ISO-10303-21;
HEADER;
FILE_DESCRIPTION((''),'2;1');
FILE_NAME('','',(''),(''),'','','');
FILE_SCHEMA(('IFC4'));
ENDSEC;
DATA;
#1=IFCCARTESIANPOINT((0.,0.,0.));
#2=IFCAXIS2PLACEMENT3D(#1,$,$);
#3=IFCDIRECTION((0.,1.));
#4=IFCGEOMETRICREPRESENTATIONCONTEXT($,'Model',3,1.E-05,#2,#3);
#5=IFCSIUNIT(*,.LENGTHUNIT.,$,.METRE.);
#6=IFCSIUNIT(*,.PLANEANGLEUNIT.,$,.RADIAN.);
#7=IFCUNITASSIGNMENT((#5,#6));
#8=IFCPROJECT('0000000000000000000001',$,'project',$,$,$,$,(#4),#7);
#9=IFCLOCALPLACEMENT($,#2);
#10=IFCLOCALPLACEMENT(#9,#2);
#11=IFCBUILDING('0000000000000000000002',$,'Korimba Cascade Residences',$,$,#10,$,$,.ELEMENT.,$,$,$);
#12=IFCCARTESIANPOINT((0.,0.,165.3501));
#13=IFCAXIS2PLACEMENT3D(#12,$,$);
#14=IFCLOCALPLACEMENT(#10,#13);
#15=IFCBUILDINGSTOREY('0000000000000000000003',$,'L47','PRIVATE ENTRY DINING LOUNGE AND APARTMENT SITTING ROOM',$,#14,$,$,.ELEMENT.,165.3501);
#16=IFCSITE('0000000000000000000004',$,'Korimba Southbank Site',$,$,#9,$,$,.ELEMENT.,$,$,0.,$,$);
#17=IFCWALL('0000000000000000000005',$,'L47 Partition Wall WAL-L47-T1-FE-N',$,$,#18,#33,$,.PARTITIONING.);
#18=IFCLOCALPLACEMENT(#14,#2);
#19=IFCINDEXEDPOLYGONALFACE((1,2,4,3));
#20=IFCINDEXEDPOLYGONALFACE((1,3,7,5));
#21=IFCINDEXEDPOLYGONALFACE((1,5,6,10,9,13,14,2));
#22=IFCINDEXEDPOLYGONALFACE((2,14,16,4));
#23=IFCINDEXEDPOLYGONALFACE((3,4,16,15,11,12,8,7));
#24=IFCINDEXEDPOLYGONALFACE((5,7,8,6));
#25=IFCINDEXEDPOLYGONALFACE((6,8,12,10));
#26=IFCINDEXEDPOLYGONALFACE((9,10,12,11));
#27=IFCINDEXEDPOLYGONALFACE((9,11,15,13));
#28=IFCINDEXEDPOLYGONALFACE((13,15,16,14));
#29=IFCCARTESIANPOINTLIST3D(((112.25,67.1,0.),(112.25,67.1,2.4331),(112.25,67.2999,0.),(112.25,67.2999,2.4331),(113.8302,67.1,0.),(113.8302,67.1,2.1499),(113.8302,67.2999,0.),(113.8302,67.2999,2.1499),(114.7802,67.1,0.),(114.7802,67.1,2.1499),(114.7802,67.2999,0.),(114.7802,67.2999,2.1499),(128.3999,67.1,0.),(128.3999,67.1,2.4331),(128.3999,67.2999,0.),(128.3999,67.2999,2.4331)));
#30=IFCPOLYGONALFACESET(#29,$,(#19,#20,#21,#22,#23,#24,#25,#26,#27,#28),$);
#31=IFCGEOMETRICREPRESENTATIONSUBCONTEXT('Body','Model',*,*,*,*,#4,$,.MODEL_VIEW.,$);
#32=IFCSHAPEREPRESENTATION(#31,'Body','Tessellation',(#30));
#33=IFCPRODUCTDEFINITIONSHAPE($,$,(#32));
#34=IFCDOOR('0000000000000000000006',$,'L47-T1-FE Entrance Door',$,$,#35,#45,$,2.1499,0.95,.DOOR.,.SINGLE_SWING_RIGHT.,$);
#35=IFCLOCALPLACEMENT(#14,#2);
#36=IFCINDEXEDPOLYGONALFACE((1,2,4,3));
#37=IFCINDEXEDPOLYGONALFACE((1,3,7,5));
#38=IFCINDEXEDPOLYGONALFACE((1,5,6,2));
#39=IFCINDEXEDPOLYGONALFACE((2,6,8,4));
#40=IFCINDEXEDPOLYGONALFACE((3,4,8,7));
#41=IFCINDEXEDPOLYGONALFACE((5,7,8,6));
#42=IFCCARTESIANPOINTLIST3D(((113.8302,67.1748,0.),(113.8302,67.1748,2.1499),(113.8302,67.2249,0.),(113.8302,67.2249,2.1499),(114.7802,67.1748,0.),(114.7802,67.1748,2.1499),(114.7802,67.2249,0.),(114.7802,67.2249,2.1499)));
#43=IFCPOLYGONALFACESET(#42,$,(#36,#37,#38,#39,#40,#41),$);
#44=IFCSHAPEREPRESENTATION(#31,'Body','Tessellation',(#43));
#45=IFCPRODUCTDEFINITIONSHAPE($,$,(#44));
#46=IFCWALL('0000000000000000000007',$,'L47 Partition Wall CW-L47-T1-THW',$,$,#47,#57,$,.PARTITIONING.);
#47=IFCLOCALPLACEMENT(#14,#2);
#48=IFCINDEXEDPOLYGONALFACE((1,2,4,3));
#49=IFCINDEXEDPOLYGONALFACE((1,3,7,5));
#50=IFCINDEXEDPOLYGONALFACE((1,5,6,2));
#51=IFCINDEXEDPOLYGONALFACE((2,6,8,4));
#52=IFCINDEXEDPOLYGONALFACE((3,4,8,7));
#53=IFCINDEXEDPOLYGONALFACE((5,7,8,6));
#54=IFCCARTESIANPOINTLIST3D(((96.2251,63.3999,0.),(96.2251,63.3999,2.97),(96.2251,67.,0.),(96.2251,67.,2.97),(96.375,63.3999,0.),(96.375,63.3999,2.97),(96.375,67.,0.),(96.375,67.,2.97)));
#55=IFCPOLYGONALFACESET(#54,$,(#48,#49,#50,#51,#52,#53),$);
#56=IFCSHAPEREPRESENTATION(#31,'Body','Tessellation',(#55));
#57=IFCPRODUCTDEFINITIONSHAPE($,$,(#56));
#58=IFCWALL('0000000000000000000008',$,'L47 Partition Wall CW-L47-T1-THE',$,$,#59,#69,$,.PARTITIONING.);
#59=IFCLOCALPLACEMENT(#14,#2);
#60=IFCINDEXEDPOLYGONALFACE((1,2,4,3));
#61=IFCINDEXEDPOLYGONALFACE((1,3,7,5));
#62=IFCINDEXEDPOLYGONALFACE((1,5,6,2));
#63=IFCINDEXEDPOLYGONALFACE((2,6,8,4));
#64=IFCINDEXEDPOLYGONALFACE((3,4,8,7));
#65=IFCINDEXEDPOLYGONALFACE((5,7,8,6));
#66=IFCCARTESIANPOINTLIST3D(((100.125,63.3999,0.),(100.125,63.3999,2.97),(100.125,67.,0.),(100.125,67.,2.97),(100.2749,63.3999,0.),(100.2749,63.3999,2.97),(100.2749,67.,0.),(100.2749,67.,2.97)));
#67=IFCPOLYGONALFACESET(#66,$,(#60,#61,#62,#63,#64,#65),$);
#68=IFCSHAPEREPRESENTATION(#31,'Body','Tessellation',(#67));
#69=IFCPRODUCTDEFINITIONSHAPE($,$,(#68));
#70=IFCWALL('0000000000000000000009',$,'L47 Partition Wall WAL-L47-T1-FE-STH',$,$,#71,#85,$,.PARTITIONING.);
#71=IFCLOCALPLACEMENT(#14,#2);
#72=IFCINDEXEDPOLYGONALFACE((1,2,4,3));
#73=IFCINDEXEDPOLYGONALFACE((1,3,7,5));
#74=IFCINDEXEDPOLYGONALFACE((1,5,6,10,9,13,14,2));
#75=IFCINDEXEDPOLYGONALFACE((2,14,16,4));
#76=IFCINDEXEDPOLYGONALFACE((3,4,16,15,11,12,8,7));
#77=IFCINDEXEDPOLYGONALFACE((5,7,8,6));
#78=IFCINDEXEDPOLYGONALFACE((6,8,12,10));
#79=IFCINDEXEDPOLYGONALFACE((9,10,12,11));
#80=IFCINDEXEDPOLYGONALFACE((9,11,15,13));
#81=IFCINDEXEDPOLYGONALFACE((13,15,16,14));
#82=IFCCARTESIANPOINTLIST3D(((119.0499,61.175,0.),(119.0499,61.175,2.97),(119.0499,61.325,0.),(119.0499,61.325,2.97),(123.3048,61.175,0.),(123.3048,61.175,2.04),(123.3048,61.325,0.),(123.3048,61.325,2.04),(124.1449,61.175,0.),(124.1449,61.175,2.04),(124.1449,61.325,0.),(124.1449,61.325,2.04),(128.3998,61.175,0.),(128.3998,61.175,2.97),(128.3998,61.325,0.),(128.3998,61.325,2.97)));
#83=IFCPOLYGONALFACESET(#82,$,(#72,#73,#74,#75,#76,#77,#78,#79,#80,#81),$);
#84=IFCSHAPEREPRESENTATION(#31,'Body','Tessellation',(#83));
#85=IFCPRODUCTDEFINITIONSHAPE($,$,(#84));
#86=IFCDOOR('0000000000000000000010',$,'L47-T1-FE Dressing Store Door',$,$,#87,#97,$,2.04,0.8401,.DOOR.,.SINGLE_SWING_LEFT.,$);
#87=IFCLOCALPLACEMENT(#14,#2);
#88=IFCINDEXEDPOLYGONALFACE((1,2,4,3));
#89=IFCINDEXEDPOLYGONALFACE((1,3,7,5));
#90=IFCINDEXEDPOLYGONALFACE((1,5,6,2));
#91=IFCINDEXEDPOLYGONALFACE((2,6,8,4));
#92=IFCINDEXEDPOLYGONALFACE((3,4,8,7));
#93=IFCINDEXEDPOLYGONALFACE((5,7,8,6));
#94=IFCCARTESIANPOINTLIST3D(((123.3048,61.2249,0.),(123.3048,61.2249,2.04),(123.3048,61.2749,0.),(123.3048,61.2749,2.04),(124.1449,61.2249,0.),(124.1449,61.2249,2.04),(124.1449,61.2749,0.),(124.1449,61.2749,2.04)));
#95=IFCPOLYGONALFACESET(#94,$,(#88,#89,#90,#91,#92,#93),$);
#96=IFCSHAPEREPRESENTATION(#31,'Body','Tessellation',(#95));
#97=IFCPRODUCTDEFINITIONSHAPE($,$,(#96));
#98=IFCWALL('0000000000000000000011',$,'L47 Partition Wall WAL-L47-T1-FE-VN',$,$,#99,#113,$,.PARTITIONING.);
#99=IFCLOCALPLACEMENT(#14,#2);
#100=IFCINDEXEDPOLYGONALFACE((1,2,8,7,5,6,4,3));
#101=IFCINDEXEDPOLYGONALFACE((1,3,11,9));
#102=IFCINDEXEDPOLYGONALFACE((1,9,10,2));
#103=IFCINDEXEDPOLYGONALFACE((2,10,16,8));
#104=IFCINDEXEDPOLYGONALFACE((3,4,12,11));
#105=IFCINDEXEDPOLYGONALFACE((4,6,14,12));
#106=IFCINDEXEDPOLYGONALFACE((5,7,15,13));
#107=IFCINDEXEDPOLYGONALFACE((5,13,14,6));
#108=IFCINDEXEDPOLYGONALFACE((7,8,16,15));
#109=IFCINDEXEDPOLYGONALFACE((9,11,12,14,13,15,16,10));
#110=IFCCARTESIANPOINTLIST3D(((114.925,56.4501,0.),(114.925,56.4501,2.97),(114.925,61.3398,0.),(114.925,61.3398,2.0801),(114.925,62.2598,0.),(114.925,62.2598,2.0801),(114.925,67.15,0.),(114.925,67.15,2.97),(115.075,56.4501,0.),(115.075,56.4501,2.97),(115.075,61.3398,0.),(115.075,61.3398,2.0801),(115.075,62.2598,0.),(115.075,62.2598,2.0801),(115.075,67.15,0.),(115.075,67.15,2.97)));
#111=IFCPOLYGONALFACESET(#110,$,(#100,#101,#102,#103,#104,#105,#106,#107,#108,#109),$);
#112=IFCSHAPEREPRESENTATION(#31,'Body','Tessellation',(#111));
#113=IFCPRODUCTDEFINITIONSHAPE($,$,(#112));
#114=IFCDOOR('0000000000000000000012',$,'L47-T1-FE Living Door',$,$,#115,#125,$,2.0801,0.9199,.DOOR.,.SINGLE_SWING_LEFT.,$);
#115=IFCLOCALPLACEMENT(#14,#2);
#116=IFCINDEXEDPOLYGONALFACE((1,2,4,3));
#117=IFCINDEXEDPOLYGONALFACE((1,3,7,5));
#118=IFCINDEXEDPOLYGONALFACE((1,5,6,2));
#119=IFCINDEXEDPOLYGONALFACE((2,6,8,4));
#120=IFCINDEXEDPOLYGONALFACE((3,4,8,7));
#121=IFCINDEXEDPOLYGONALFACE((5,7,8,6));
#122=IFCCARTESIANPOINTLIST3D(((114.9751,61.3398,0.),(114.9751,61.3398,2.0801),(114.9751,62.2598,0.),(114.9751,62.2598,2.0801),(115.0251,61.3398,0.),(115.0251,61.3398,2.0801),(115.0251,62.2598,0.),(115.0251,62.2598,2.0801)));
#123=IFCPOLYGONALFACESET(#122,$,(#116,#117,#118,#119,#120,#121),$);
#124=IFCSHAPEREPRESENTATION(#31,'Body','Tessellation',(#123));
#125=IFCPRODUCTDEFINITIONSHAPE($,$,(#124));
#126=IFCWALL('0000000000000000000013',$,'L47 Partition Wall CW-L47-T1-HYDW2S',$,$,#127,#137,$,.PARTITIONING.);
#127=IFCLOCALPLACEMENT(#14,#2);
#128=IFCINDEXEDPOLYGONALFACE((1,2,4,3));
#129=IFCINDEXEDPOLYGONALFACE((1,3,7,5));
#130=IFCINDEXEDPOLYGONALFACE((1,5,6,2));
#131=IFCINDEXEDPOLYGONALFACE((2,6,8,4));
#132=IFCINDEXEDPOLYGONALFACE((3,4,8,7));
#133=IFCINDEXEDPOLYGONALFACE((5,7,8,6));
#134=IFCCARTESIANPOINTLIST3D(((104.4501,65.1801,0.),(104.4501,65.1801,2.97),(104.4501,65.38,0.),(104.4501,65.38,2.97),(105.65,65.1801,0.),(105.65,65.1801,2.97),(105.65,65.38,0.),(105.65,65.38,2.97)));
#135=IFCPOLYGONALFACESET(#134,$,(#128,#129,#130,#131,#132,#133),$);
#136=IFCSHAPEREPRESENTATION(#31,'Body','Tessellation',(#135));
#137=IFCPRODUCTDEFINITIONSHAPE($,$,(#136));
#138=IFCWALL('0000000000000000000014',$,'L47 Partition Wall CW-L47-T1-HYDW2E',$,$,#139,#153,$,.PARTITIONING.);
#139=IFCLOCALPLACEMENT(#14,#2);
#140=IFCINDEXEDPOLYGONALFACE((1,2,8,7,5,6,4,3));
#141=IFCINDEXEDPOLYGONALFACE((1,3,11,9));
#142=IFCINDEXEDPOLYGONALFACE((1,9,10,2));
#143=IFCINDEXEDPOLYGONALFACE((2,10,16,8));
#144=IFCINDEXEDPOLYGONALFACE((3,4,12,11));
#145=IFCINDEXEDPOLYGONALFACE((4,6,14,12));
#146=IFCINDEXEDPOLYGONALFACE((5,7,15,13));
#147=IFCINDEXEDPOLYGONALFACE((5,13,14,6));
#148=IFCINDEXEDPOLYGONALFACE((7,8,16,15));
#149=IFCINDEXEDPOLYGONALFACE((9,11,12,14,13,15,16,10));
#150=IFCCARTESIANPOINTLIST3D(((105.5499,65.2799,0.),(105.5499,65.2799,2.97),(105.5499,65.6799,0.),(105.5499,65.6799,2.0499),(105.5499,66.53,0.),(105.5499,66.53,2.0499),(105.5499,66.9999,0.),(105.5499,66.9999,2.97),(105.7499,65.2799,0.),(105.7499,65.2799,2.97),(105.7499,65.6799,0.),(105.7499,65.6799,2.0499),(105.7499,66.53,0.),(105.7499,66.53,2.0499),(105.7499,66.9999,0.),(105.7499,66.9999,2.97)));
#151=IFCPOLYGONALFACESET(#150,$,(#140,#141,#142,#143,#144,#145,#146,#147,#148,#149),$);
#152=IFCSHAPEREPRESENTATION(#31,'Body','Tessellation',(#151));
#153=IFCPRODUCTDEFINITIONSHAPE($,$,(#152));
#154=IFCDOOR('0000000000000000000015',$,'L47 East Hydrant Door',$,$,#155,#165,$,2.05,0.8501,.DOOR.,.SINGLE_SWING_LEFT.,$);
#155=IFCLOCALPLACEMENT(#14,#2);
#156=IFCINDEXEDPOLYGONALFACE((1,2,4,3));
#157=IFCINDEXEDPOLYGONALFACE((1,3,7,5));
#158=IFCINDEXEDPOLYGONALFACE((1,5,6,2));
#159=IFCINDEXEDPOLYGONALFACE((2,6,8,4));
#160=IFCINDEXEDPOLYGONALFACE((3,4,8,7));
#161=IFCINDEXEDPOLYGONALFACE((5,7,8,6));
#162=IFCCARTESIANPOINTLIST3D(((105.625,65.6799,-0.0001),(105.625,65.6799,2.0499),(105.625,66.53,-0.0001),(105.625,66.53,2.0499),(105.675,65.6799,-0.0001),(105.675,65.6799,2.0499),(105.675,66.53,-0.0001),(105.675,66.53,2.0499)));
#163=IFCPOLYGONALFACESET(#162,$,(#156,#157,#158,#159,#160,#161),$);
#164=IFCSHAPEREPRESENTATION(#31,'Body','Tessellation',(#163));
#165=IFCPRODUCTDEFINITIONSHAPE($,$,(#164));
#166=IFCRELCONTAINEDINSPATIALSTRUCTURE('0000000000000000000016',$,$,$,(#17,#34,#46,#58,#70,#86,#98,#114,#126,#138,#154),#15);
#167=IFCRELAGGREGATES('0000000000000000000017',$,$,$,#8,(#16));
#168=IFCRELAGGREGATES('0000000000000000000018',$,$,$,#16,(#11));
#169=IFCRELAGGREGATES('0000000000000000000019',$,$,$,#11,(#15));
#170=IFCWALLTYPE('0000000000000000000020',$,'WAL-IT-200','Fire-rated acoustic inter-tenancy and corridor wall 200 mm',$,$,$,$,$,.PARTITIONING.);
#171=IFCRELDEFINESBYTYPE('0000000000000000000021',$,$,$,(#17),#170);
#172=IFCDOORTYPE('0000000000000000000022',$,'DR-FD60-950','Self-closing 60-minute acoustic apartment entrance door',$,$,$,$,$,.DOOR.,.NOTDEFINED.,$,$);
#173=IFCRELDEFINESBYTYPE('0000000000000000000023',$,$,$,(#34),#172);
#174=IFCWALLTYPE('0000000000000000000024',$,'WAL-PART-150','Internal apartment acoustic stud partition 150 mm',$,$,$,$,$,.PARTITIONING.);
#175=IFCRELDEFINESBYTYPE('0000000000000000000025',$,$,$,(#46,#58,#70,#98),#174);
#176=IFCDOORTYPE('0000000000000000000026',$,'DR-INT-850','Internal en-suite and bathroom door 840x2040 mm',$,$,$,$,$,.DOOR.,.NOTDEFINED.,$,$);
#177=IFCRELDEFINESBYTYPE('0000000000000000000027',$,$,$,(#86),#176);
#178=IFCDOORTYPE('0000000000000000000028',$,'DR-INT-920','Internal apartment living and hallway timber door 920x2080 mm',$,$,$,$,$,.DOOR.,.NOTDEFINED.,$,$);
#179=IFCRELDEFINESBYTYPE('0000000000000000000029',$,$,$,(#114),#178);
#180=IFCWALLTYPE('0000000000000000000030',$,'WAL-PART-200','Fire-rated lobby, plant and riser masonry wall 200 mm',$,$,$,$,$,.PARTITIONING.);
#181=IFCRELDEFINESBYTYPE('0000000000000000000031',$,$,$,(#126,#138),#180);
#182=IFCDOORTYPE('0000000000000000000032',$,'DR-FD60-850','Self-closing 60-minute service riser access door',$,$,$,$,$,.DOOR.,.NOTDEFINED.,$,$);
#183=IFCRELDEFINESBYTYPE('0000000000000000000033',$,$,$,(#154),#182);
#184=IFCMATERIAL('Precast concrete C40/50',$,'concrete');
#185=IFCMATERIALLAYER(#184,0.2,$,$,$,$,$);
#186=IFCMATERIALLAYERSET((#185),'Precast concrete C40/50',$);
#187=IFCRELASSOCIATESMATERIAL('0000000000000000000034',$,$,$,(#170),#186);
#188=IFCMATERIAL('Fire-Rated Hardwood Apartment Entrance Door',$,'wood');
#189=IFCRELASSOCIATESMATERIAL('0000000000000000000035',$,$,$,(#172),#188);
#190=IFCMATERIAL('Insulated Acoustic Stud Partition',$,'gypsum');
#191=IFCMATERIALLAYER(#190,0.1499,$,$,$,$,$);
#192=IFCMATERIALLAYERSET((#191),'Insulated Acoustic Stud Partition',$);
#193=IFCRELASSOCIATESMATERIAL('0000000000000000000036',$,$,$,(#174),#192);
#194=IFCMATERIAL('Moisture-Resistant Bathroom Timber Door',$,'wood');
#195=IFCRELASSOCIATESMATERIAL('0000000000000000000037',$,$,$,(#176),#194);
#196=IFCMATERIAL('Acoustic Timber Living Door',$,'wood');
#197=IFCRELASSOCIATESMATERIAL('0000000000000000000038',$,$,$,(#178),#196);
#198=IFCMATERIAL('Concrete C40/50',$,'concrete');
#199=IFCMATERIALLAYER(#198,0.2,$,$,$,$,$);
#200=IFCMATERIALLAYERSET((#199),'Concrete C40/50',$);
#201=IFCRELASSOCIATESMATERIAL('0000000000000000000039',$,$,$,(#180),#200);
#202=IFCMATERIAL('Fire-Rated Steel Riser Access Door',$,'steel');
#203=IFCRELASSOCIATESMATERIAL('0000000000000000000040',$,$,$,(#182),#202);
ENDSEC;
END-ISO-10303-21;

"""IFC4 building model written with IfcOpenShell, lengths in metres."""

from ifc_helpers import new_model, si_unit, direction, frame, frame_2d, origin, place, context, subcontext, project, spatial, rectangle, extrude, material, layer, layer_set, type_object, element, fill, save


model = new_model("IFC4")

# Units and contexts
model_context = context("Model", 3, precision=1e-05, world=origin(), true_north=direction((0.0, 1.0)))
body_context = subcontext(model_context, "Body", "Model", "MODEL_VIEW")
ifc_project = project(units=[si_unit("LENGTHUNIT", "METRE"), si_unit("PLANEANGLEUNIT", "RADIAN")], contexts=[model_context])

# Site, building, storey
site_placement = place(None, origin())
site = spatial("IfcSite", under=ifc_project, at=site_placement, Name="Korimba Southbank Site", CompositionType="ELEMENT", RefElevation=0.0)
building_placement = place(site_placement, origin())
building = spatial("IfcBuilding", under=site, at=building_placement, Name="Korimba Cascade Residences", CompositionType="ELEMENT")
storey_placement = place(building_placement, frame((0.0, 0.0, 165.3501)))
storey = spatial("IfcBuildingStorey", under=building, at=storey_placement, Name="L47", Description="PRIVATE ENTRY DINING LOUNGE AND APARTMENT SITTING ROOM", CompositionType="ELEMENT", Elevation=165.3501)

# Wall, opening, door
ifc_material_1 = material(Name="Precast concrete C40/50", Category="concrete")
ifc_layer_1 = layer(ifc_material_1, 0.2)
ifc_layer_set_1 = layer_set([ifc_layer_1], Name="Precast concrete C40/50")
wall_type_1 = type_object("IfcWallType", Name="WAL-IT-200", Description="Fire-rated acoustic inter-tenancy and corridor wall 200 mm", PredefinedType="PARTITIONING", material=ifc_layer_set_1)
wall_1_placement = place(storey_placement, frame((112.25, 67.2, 0.0), z_axis=(0.0, 0.0, 1.0), x_axis=(1.0, 0.0, 0.0)))
wall_1 = element("IfcWall", 1, at=wall_1_placement, inside=storey, type_object=wall_type_1, Name="L47 Partition Wall WAL-L47-T1-FE-N", PredefinedType="PARTITIONING", context=body_context, shape_type="SweptSolid", body=[
    extrude(rectangle(XDim=16.1499, YDim=0.2, at=frame_2d((8.075, 0.0))), origin(), (0.0, 0.0, 1.0), 2.4331),
])
opening_1_placement = place(wall_1_placement, frame((1.5801, 0.0, 0.0)))
opening_1 = element("IfcOpeningElement", 2, at=opening_1_placement, cuts=wall_1, PredefinedType="OPENING", context=body_context, shape_type="SweptSolid", body=[
    extrude(rectangle(XDim=0.95, YDim=2.1499, at=frame_2d((0.4751, 1.075))), frame((0.0, 0.1099, 0.0), z_axis=(0.0, -1.0, 0.0), x_axis=(1.0, 0.0, 0.0)), (0.0, 0.0, 1.0), 0.22),
])
ifc_material_2 = material(Name="Fire-Rated Hardwood Apartment Entrance Door", Category="wood")
door_type_1 = type_object("IfcDoorType", Name="DR-FD60-950", Description="Self-closing 60-minute acoustic apartment entrance door", OperationType="NOTDEFINED", PredefinedType="DOOR", material=ifc_material_2)
door_1_placement = place(opening_1_placement, origin())
door_1 = element("IfcDoor", 3, at=door_1_placement, inside=storey, type_object=door_type_1, Name="L47-T1-FE Entrance Door", OperationType="SINGLE_SWING_RIGHT", OverallHeight=2.1499, OverallWidth=0.95, PredefinedType="DOOR", context=body_context, shape_type="SweptSolid", body=[
    extrude(rectangle(XDim=0.95, YDim=2.1499, at=frame_2d((0.4751, 1.075))), frame((0.0, 0.0249, 0.0), z_axis=(0.0, -1.0, 0.0), x_axis=(1.0, 0.0, 0.0)), (0.0, 0.0, 1.0), 0.05),
])
fill(opening_1, door_1)

# Walls
ifc_material_3 = material(Name="Insulated Acoustic Stud Partition", Category="gypsum")
ifc_layer_2 = layer(ifc_material_3, 0.1499)
ifc_layer_set_2 = layer_set([ifc_layer_2], Name="Insulated Acoustic Stud Partition")
wall_type_2 = type_object("IfcWallType", Name="WAL-PART-150", Description="Internal apartment acoustic stud partition 150 mm", PredefinedType="PARTITIONING", material=ifc_layer_set_2)
for number, where, z_axis, x_axis, name in (
    (4, (96.3, 63.3999, 0.0), (0.0, 0.0, 1.0), (0.0, 1.0, 0.0), "L47 Partition Wall CW-L47-T1-THW"),
    (5, (100.2, 63.3999, 0.0), (0.0, 0.0, 1.0), (0.0, 1.0, 0.0), "L47 Partition Wall CW-L47-T1-THE"),
):
    element("IfcWall", number, at=place(storey_placement, frame(where, z_axis=z_axis, x_axis=x_axis)), inside=storey, type_object=wall_type_2, Name=name, PredefinedType="PARTITIONING", context=body_context, shape_type="SweptSolid", body=[
        extrude(rectangle(XDim=3.6001, YDim=0.1499, at=frame_2d((1.8, 0.0))), origin(), (0.0, 0.0, 1.0), 2.97),
    ])

# Walls, openings, doors
wall_2_placement = place(storey_placement, frame((119.05, 61.25, 0.0), z_axis=(0.0, 0.0, 1.0), x_axis=(1.0, 0.0, 0.0)))
wall_2 = element("IfcWall", 6, at=wall_2_placement, inside=storey, type_object=wall_type_2, Name="L47 Partition Wall WAL-L47-T1-FE-STH", PredefinedType="PARTITIONING", context=body_context, shape_type="SweptSolid", body=[
    extrude(rectangle(XDim=9.3499, YDim=0.1499, at=frame_2d((4.6748, 0.0))), origin(), (0.0, 0.0, 1.0), 2.97),
])
opening_2_placement = place(wall_2_placement, frame((4.2549, 0.0, 0.0)))
opening_2 = element("IfcOpeningElement", 7, at=opening_2_placement, cuts=wall_2, PredefinedType="OPENING", context=body_context, shape_type="SweptSolid", body=[
    extrude(rectangle(XDim=0.8401, YDim=2.04, at=frame_2d((0.4199, 1.02))), frame((0.0, 0.085, 0.0), z_axis=(0.0, -1.0, 0.0), x_axis=(1.0, 0.0, 0.0)), (0.0, 0.0, 1.0), 0.1699),
])
ifc_material_4 = material(Name="Moisture-Resistant Bathroom Timber Door", Category="wood")
door_type_2 = type_object("IfcDoorType", Name="DR-INT-850", Description="Internal en-suite and bathroom door 840x2040 mm", OperationType="NOTDEFINED", PredefinedType="DOOR", material=ifc_material_4)
door_2_placement = place(opening_2_placement, origin())
door_2 = element("IfcDoor", 8, at=door_2_placement, inside=storey, type_object=door_type_2, Name="L47-T1-FE Dressing Store Door", OperationType="SINGLE_SWING_LEFT", OverallHeight=2.04, OverallWidth=0.8401, PredefinedType="DOOR", context=body_context, shape_type="SweptSolid", body=[
    extrude(rectangle(XDim=0.8401, YDim=2.04, at=frame_2d((0.4199, 1.02))), frame((0.0, 0.0249, 0.0), z_axis=(0.0, -1.0, 0.0), x_axis=(1.0, 0.0, 0.0)), (0.0, 0.0, 1.0), 0.05),
])
fill(opening_2, door_2)
wall_3_placement = place(storey_placement, frame((115.0, 56.45, 0.0), z_axis=(0.0, 0.0, 1.0), x_axis=(0.0, 1.0, 0.0)))
wall_3 = element("IfcWall", 9, at=wall_3_placement, inside=storey, type_object=wall_type_2, Name="L47 Partition Wall WAL-L47-T1-FE-VN", PredefinedType="PARTITIONING", context=body_context, shape_type="SweptSolid", body=[
    extrude(rectangle(XDim=10.7, YDim=0.1499, at=frame_2d((5.3501, 0.0))), origin(), (0.0, 0.0, 1.0), 2.97),
])
opening_3_placement = place(wall_3_placement, frame((4.8899, 0.0, 0.0)))
opening_3 = element("IfcOpeningElement", 10, at=opening_3_placement, cuts=wall_3, PredefinedType="OPENING", context=body_context, shape_type="SweptSolid", body=[
    extrude(rectangle(XDim=0.9199, YDim=2.0801, at=frame_2d((0.46, 1.04))), frame((0.0, 0.085, 0.0), z_axis=(0.0, -1.0, 0.0), x_axis=(1.0, 0.0, 0.0)), (0.0, 0.0, 1.0), 0.1699),
])
ifc_material_5 = material(Name="Acoustic Timber Living Door", Category="wood")
door_type_3 = type_object("IfcDoorType", Name="DR-INT-920", Description="Internal apartment living and hallway timber door 920x2080 mm", OperationType="NOTDEFINED", PredefinedType="DOOR", material=ifc_material_5)
door_3_placement = place(opening_3_placement, origin())
door_3 = element("IfcDoor", 11, at=door_3_placement, inside=storey, type_object=door_type_3, Name="L47-T1-FE Living Door", OperationType="SINGLE_SWING_LEFT", OverallHeight=2.0801, OverallWidth=0.9199, PredefinedType="DOOR", context=body_context, shape_type="SweptSolid", body=[
    extrude(rectangle(XDim=0.9199, YDim=2.0801, at=frame_2d((0.46, 1.04))), frame((0.0, 0.0249, 0.0), z_axis=(0.0, -1.0, 0.0), x_axis=(1.0, 0.0, 0.0)), (0.0, 0.0, 1.0), 0.05),
])
fill(opening_3, door_3)

# Wall
ifc_material_6 = material(Name="Concrete C40/50", Category="concrete")
ifc_layer_3 = layer(ifc_material_6, 0.2)
ifc_layer_set_3 = layer_set([ifc_layer_3], Name="Concrete C40/50")
wall_type_3 = type_object("IfcWallType", Name="WAL-PART-200", Description="Fire-rated lobby, plant and riser masonry wall 200 mm", PredefinedType="PARTITIONING", material=ifc_layer_set_3)
wall_4_placement = place(storey_placement, frame((104.45, 65.28, 0.0), z_axis=(0.0, 0.0, 1.0), x_axis=(1.0, 0.0, 0.0)))
element("IfcWall", 12, at=wall_4_placement, inside=storey, type_object=wall_type_3, Name="L47 Partition Wall CW-L47-T1-HYDW2S", PredefinedType="PARTITIONING", context=body_context, shape_type="SweptSolid", body=[
    extrude(rectangle(XDim=1.2, YDim=0.2, at=frame_2d((0.6001, 0.0))), origin(), (0.0, 0.0, 1.0), 2.97),
])

# Wall, opening, door
wall_5_placement = place(storey_placement, frame((105.6499, 65.28, 0.0), z_axis=(0.0, 0.0, 1.0), x_axis=(0.0, 1.0, 0.0)))
wall_5 = element("IfcWall", 13, at=wall_5_placement, inside=storey, type_object=wall_type_3, Name="L47 Partition Wall CW-L47-T1-HYDW2E", PredefinedType="PARTITIONING", context=body_context, shape_type="SweptSolid", body=[
    extrude(rectangle(XDim=1.72, YDim=0.2, at=frame_2d((0.8599, 0.0))), origin(), (0.0, 0.0, 1.0), 2.97),
])
opening_4_placement = place(wall_5_placement, frame((0.3999, 0.0, 0.0)))
opening_4 = element("IfcOpeningElement", 14, at=opening_4_placement, cuts=wall_5, PredefinedType="OPENING", context=body_context, shape_type="SweptSolid", body=[
    extrude(rectangle(XDim=0.8501, YDim=2.05, at=frame_2d((0.425, 1.0249))), frame((0.0, 0.1099, 0.0), z_axis=(0.0, -1.0, 0.0), x_axis=(1.0, 0.0, 0.0)), (0.0, 0.0, 1.0), 0.22),
])
ifc_material_7 = material(Name="Fire-Rated Steel Riser Access Door", Category="steel")
door_type_4 = type_object("IfcDoorType", Name="DR-FD60-850", Description="Self-closing 60-minute service riser access door", OperationType="NOTDEFINED", PredefinedType="DOOR", material=ifc_material_7)
door_4_placement = place(opening_4_placement, origin())
door_4 = element("IfcDoor", 15, at=door_4_placement, inside=storey, type_object=door_type_4, Name="L47 East Hydrant Door", OperationType="SINGLE_SWING_LEFT", OverallHeight=2.05, OverallWidth=0.8501, PredefinedType="DOOR", context=body_context, shape_type="SweptSolid", body=[
    extrude(rectangle(XDim=0.8501, YDim=2.05, at=frame_2d((0.425, 1.0249))), frame((0.0, 0.0249, 0.0), z_axis=(0.0, -1.0, 0.0), x_axis=(1.0, 0.0, 0.0)), (0.0, 0.0, 1.0), 0.05),
])
fill(opening_4, door_4)

save(model, "model.ifc")
